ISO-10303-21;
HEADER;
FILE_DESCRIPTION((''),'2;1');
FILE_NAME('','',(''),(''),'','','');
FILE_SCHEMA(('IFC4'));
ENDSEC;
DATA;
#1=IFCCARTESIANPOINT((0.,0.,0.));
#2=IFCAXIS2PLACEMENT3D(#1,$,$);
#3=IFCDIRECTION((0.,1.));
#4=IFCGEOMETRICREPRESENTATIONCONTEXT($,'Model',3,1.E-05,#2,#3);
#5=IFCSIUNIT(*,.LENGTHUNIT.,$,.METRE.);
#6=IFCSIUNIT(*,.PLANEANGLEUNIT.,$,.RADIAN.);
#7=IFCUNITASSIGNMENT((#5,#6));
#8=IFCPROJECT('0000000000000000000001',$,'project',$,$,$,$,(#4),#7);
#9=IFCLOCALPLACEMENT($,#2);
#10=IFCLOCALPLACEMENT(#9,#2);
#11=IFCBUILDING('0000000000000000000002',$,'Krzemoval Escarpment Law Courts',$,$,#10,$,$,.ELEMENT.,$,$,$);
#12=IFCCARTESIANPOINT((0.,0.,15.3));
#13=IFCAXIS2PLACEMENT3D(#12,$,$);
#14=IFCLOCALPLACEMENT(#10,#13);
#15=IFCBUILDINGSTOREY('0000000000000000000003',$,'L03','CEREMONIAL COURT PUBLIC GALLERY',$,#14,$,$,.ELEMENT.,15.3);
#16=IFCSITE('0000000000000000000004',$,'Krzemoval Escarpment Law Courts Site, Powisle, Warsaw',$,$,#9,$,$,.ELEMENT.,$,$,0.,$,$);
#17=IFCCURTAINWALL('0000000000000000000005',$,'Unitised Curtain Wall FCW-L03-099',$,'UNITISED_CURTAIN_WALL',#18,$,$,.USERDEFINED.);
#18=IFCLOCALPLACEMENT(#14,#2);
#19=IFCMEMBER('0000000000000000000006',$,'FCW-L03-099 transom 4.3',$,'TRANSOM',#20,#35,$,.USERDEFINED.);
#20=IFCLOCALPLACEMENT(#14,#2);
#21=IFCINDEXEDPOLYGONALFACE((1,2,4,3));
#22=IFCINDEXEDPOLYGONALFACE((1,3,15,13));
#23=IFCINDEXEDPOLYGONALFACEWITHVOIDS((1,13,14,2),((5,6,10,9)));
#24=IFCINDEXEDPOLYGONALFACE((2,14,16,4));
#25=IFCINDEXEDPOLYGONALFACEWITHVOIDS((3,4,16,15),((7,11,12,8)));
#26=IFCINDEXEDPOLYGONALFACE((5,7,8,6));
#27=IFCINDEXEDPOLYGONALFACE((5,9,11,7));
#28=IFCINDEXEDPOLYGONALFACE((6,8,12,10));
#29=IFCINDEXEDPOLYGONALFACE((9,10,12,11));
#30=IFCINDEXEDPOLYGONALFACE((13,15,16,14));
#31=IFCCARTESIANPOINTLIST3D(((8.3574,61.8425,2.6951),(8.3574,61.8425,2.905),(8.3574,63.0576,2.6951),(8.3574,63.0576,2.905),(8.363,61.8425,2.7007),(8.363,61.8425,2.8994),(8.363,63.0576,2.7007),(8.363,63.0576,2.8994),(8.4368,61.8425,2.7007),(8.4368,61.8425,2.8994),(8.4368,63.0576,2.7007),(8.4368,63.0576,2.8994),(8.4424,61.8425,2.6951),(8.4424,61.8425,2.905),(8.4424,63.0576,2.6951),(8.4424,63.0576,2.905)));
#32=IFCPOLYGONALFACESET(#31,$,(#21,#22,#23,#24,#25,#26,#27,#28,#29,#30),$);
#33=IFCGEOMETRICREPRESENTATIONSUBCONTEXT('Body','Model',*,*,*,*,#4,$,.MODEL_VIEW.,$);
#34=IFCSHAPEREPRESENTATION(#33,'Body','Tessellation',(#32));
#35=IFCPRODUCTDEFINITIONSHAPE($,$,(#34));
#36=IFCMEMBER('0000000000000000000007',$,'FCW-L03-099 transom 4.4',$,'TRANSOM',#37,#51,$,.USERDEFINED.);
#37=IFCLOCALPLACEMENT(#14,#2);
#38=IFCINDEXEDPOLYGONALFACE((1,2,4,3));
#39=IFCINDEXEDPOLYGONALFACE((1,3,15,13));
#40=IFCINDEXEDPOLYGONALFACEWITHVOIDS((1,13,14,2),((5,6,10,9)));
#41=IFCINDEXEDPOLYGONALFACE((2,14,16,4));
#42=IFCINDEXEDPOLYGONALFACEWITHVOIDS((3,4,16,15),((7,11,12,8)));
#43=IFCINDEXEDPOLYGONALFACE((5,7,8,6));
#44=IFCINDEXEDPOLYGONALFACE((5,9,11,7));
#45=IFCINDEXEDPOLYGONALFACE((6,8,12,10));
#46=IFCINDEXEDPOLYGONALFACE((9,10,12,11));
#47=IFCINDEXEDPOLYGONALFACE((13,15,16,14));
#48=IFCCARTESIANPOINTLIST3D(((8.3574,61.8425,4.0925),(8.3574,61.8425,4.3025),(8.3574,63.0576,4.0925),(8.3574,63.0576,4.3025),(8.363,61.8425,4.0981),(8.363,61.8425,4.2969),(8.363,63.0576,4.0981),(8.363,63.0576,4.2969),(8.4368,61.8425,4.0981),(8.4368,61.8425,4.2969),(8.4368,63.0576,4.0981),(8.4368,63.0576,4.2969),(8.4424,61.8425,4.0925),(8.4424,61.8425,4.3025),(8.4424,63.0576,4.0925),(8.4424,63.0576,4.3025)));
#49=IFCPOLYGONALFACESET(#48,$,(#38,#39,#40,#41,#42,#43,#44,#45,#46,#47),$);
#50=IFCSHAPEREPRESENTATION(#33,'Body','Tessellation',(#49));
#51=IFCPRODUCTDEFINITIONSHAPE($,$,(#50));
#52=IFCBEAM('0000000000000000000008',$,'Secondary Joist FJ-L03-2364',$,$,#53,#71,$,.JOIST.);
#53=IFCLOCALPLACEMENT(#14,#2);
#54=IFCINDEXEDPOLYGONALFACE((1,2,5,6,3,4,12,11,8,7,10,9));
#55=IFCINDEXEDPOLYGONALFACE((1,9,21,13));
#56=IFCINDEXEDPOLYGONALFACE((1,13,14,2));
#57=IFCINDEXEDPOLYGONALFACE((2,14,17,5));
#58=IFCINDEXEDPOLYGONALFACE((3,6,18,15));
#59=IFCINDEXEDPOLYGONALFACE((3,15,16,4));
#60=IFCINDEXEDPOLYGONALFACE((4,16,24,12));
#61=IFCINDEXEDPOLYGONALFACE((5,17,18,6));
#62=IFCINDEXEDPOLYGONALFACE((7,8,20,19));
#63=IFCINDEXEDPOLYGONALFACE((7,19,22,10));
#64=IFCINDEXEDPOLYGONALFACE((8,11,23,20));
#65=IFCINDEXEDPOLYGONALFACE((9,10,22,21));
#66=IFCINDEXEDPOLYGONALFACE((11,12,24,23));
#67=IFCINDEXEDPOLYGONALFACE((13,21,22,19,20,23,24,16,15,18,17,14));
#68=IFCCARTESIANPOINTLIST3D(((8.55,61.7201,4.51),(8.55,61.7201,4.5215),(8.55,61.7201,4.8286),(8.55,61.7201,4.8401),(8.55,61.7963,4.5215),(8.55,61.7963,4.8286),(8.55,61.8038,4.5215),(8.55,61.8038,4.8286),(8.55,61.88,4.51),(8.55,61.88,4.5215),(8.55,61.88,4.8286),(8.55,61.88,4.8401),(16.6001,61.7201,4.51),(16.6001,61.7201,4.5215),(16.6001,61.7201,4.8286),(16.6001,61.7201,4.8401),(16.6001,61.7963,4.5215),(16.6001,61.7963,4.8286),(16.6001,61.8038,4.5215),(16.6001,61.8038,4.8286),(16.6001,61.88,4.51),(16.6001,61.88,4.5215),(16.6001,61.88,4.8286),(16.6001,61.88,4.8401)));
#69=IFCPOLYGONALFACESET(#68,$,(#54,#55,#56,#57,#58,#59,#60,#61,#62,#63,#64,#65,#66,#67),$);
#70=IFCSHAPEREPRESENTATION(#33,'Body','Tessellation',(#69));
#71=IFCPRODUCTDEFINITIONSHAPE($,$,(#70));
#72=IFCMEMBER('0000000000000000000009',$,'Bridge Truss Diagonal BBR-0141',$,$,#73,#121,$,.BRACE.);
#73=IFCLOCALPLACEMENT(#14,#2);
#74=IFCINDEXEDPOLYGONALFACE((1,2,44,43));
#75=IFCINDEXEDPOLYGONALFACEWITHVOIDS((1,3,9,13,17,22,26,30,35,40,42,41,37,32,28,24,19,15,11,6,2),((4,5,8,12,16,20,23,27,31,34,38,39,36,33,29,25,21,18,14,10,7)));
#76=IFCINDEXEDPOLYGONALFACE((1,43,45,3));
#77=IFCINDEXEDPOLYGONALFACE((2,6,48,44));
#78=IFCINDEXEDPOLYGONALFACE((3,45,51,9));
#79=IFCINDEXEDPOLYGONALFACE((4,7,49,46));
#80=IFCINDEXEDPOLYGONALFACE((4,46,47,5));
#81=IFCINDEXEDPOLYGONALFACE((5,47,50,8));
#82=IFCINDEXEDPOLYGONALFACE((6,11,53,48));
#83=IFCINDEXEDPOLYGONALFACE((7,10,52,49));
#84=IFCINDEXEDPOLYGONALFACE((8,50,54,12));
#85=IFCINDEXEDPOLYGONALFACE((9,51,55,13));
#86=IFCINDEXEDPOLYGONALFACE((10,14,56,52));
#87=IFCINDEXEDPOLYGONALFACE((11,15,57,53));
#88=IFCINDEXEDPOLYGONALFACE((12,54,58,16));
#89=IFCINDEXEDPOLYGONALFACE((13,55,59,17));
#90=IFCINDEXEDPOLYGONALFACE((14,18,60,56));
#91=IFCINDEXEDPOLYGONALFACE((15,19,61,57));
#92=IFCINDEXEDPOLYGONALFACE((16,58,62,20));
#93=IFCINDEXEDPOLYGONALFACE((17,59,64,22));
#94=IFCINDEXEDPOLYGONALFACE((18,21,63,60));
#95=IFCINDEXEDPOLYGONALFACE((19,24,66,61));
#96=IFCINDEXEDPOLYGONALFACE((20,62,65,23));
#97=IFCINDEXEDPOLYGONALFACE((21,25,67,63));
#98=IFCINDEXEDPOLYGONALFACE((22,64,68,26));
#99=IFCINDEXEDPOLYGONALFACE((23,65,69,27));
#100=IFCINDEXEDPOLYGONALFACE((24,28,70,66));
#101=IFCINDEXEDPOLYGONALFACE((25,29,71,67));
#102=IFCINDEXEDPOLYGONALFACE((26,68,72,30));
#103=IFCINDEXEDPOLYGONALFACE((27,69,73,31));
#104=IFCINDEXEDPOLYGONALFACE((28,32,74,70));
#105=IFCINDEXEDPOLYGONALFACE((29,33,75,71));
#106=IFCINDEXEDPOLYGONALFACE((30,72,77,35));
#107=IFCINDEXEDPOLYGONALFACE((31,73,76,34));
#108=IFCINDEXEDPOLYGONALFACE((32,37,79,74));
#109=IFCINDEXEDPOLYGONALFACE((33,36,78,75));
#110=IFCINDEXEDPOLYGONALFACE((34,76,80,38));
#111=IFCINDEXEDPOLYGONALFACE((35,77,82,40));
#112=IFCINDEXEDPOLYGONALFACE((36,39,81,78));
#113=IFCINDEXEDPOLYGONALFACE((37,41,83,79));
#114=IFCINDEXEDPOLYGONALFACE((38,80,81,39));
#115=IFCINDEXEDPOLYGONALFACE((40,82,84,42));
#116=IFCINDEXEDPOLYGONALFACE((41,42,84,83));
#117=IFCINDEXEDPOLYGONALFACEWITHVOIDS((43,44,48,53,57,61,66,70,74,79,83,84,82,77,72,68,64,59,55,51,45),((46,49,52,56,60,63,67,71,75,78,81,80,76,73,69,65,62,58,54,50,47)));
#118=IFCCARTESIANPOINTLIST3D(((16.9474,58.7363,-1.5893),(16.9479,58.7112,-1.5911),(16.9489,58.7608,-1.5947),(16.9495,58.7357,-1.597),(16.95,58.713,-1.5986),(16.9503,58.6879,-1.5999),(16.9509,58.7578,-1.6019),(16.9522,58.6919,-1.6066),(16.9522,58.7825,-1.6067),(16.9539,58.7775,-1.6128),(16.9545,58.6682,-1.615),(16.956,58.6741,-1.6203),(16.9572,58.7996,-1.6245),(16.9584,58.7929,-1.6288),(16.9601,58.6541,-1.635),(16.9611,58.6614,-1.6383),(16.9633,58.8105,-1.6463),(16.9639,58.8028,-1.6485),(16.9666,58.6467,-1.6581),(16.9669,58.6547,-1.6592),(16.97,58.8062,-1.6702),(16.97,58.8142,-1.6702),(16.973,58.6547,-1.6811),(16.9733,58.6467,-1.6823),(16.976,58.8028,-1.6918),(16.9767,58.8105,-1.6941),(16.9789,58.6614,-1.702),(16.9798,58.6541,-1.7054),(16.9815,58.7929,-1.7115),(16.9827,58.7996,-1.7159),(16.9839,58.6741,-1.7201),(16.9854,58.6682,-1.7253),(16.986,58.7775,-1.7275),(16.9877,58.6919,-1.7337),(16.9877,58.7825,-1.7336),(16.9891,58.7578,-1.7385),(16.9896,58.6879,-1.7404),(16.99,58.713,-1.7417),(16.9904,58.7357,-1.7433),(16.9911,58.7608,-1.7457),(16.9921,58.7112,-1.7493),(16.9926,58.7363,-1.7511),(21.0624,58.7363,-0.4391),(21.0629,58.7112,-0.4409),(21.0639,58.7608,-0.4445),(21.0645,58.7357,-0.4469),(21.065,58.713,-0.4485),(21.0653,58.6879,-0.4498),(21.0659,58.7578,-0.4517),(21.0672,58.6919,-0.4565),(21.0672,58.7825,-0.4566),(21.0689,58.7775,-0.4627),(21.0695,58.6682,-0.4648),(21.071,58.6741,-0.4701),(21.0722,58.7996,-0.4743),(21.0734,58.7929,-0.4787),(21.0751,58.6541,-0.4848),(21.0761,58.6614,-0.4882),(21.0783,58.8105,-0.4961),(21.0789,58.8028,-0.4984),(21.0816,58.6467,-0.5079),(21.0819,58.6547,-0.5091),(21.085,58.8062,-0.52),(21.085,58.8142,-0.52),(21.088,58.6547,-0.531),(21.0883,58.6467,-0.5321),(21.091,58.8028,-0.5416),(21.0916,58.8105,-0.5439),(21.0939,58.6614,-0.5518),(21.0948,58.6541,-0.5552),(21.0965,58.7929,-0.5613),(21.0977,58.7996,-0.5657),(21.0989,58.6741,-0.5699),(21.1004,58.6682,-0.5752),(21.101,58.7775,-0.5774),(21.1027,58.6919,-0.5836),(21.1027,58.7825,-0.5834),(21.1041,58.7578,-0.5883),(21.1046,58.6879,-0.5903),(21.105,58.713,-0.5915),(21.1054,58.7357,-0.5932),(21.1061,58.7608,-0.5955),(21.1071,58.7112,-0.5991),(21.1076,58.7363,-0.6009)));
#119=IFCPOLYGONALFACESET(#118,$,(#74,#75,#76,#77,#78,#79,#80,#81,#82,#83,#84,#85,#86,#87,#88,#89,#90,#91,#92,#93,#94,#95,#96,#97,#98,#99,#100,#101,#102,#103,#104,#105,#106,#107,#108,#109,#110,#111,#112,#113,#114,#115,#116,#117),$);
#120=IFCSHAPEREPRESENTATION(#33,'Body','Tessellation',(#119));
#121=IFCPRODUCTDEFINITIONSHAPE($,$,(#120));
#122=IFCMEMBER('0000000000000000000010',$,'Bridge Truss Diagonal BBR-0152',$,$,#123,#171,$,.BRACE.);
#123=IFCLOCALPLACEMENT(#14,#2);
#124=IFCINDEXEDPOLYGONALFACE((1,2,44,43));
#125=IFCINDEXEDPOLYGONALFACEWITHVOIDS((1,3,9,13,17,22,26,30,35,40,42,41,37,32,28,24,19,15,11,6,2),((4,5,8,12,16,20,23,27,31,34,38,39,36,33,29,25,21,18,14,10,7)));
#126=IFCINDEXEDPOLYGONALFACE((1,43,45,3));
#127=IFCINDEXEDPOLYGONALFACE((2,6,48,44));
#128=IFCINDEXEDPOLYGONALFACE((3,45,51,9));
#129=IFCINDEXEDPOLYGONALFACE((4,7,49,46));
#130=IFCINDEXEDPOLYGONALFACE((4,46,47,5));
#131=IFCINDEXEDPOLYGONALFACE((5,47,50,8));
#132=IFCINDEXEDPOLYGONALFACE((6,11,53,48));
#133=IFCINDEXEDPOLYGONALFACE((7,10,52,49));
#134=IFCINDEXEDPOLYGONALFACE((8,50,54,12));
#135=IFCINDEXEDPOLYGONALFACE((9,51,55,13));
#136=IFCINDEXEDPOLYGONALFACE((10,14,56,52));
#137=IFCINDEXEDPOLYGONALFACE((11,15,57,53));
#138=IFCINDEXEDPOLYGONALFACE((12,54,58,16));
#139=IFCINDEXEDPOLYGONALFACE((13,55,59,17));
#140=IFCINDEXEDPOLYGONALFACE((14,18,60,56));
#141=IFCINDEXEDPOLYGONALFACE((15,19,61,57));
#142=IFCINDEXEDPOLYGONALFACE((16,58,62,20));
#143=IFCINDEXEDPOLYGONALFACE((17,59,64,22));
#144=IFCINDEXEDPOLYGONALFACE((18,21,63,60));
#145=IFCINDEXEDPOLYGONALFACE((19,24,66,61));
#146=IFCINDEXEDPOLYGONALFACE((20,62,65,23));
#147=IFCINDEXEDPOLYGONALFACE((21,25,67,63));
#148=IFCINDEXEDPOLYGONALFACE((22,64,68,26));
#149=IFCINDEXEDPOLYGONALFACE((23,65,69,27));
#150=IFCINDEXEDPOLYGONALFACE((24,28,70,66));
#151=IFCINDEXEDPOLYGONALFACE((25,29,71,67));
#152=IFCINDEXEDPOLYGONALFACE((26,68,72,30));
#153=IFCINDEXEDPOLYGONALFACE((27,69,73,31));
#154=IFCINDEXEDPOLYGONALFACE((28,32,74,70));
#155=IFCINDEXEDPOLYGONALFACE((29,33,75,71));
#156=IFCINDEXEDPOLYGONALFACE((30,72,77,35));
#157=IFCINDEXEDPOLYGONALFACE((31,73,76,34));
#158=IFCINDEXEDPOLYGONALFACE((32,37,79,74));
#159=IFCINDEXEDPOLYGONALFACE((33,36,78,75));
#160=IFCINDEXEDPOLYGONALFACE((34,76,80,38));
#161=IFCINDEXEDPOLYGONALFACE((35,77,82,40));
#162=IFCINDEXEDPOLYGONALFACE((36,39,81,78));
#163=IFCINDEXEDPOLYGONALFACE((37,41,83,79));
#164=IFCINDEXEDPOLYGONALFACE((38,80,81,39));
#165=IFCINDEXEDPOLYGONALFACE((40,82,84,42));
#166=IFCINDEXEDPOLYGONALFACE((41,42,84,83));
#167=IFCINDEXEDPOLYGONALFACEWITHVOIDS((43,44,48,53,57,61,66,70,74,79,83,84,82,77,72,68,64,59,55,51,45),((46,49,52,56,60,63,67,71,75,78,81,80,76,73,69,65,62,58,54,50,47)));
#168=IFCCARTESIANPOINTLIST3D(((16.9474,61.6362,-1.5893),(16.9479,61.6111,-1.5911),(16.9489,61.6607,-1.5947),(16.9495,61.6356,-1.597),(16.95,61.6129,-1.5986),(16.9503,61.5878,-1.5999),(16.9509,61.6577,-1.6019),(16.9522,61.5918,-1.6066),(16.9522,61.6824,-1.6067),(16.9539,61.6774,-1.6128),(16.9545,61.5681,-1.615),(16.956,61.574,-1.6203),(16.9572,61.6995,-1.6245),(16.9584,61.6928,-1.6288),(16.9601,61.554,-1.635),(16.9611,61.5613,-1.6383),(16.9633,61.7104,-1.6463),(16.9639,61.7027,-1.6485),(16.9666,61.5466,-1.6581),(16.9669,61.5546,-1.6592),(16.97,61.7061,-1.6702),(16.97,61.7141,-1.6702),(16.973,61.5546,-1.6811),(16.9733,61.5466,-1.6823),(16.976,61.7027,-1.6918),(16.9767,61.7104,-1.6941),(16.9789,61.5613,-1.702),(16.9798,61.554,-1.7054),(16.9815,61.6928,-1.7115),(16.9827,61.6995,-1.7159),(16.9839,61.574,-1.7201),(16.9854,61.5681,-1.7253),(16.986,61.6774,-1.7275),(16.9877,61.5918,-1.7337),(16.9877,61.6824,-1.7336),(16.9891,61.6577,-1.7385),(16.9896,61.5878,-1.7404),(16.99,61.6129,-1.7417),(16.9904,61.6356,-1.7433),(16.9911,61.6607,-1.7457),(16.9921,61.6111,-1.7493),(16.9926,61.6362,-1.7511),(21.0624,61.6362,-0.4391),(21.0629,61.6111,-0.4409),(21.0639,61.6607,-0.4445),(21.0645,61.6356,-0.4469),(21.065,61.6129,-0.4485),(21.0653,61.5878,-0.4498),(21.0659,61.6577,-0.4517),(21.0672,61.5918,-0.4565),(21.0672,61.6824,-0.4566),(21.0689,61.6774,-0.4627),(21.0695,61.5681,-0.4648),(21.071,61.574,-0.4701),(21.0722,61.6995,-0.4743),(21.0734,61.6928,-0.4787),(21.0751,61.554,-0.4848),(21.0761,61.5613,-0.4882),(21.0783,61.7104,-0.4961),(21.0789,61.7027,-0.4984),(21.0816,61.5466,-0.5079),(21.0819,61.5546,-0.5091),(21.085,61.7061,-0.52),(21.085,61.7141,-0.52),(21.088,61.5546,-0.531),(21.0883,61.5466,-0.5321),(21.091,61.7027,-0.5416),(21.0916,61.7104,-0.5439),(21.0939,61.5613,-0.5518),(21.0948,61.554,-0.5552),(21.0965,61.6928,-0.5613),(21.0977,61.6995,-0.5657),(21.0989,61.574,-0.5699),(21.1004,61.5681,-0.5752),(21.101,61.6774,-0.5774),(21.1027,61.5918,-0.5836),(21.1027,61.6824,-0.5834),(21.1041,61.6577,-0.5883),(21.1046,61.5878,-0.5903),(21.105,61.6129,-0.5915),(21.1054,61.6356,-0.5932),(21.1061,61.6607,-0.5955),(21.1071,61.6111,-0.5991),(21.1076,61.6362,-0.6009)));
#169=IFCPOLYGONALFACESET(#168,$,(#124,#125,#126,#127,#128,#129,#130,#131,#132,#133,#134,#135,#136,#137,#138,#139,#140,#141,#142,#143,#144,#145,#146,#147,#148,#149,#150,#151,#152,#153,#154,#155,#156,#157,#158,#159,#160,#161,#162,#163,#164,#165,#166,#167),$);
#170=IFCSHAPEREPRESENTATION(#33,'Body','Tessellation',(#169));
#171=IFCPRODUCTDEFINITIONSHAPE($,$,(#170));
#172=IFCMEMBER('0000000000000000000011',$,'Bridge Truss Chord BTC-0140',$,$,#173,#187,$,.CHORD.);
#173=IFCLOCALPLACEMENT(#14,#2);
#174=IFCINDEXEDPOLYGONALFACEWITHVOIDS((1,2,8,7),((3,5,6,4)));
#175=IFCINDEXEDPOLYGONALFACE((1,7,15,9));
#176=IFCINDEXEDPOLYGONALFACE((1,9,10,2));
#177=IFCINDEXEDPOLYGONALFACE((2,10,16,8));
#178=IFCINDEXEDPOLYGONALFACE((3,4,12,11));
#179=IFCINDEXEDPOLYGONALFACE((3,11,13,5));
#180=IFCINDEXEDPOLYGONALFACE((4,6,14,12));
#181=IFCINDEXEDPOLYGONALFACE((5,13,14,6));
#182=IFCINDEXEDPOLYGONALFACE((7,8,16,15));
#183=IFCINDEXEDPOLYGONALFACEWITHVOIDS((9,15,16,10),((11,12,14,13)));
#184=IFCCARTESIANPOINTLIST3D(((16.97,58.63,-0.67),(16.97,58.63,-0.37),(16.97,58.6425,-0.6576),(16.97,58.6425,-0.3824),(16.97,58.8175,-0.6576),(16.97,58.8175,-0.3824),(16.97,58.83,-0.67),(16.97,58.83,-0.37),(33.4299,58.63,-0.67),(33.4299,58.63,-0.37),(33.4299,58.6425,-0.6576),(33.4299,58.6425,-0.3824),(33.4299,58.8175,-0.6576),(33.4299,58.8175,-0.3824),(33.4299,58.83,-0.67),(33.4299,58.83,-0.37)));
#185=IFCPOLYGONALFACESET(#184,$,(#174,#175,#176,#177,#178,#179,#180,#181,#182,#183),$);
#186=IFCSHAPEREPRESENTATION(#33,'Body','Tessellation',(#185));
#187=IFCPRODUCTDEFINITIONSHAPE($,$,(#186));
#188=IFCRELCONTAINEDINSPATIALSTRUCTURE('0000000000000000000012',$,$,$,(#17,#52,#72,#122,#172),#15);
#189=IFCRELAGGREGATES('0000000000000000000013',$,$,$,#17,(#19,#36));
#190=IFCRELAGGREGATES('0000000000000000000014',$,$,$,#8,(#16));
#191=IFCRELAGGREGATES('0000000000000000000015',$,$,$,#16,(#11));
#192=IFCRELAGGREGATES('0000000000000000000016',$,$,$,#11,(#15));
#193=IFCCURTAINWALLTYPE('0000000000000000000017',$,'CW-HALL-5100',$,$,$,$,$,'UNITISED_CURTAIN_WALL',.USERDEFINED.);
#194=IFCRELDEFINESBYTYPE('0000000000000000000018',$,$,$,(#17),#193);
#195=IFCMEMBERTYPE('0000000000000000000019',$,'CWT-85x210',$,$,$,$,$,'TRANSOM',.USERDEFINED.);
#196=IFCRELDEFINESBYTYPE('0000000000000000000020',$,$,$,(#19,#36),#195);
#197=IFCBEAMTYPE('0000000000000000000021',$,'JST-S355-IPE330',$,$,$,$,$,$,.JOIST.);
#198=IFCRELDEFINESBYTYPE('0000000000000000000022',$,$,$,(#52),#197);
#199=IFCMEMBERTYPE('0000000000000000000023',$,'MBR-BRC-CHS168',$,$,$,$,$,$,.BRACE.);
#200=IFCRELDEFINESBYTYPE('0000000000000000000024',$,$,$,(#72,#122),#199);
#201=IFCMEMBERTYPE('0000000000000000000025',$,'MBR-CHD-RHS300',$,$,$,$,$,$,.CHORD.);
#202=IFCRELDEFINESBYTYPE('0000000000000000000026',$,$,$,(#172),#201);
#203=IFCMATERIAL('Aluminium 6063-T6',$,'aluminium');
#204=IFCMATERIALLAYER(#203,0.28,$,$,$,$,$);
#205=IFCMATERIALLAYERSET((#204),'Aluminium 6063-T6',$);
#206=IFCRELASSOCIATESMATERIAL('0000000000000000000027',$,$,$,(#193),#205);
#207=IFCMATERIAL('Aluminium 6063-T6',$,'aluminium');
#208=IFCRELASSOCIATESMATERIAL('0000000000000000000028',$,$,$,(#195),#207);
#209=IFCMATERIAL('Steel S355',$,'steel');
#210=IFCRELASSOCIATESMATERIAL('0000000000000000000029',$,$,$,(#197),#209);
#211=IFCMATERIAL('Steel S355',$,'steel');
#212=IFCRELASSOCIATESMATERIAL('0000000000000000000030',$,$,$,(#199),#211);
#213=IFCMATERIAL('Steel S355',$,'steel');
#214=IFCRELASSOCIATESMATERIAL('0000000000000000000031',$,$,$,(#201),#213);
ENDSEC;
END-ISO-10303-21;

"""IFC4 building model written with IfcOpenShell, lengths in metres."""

from ifc_helpers import new_model, si_unit, direction, frame, origin, origin_2d, place, context, subcontext, project, spatial, hollow_rectangle, hollow_circle, i_section, extrude, material, layer, layer_set, material_profile, profile_set, type_object, element, aggregate, save


model = new_model("IFC4")

# Units and contexts
model_context = context("Model", 3, precision=1e-05, world=origin(), true_north=direction((0.0, 1.0)))
body_context = subcontext(model_context, "Body", "Model", "MODEL_VIEW")
ifc_project = project(units=[si_unit("LENGTHUNIT", "METRE"), si_unit("PLANEANGLEUNIT", "RADIAN")], contexts=[model_context])

# Site, building, storey
site_placement = place(None, origin())
site = spatial("IfcSite", under=ifc_project, at=site_placement, Name="Krzemoval Escarpment Law Courts Site, Powisle, Warsaw", CompositionType="ELEMENT", RefElevation=0.0)
building_placement = place(site_placement, origin())
building = spatial("IfcBuilding", under=site, at=building_placement, Name="Krzemoval Escarpment Law Courts", CompositionType="ELEMENT")
storey_placement = place(building_placement, frame((0.0, 0.0, 15.3)))
storey = spatial("IfcBuildingStorey", under=building, at=storey_placement, Name="L03", Description="CEREMONIAL COURT PUBLIC GALLERY", CompositionType="ELEMENT", Elevation=15.3)

# Curtain wall, members
ifc_material_1 = material(Name="Aluminium 6063-T6", Category="aluminium")
ifc_layer_1 = layer(ifc_material_1, 0.28)
ifc_layer_set_1 = layer_set([ifc_layer_1], Name="Aluminium 6063-T6")
curtain_wall_type = type_object("IfcCurtainWallType", Name="CW-HALL-5100", ElementType="UNITISED_CURTAIN_WALL", PredefinedType="USERDEFINED", material=ifc_layer_set_1)
curtain_wall_placement = place(storey_placement, origin())
curtain_wall = element("IfcCurtainWall", 1, at=curtain_wall_placement, inside=storey, type_object=curtain_wall_type, Name="Unitised Curtain Wall FCW-L03-099", ObjectType="UNITISED_CURTAIN_WALL", PredefinedType="USERDEFINED")
ifc_material_2 = material(Name="Aluminium 6063-T6", Category="aluminium")
ifc_material_profile_1 = material_profile(ifc_material_2, hollow_rectangle(XDim=0.085, YDim=0.21, WallThickness=0.0056, at=origin_2d()), Name="ALU T85x210")
ifc_profile_set_1 = profile_set([ifc_material_profile_1], Name="Aluminium 6063-T6")
member_type_1 = type_object("IfcMemberType", Name="CWT-85x210", ElementType="TRANSOM", PredefinedType="USERDEFINED", material=ifc_profile_set_1)
member_1_placement = place(storey_placement, frame((8.3999, 61.8425, 2.8), z_axis=(0.0, 1.0, 0.0), x_axis=(-1.0, 0.0, 0.0)))
member_1 = element("IfcMember", 2, at=member_1_placement, type_object=member_type_1, Name="FCW-L03-099 transom 4.3", ObjectType="TRANSOM", PredefinedType="USERDEFINED", context=body_context, shape_type="SweptSolid", body=[
    extrude(hollow_rectangle(XDim=0.085, YDim=0.21, WallThickness=0.0056, at=origin_2d()), origin(), (0.0, 0.0, 1.0), 1.2151),
])
member_2_placement = place(storey_placement, frame((8.3999, 61.8425, 4.1975), z_axis=(0.0, 1.0, 0.0), x_axis=(-1.0, 0.0, 0.0)))
member_2 = element("IfcMember", 3, at=member_2_placement, type_object=member_type_1, Name="FCW-L03-099 transom 4.4", ObjectType="TRANSOM", PredefinedType="USERDEFINED", context=body_context, shape_type="SweptSolid", body=[
    extrude(hollow_rectangle(XDim=0.085, YDim=0.21, WallThickness=0.0056, at=origin_2d()), origin(), (0.0, 0.0, 1.0), 1.2151),
])

# Beam
ifc_material_3 = material(Name="Steel S355", Category="steel")
ifc_material_profile_2 = material_profile(ifc_material_3, i_section(OverallWidth=0.1599, OverallDepth=0.3301, WebThickness=0.0076, FlangeThickness=0.0115, at=origin_2d()), Name="IPE 330")
ifc_profile_set_2 = profile_set([ifc_material_profile_2], Name="Steel S355")
beam_type_1 = type_object("IfcBeamType", Name="JST-S355-IPE330", PredefinedType="JOIST", material=ifc_profile_set_2)
beam_1_placement = place(storey_placement, frame((8.55, 61.8, 4.675), z_axis=(1.0, 0.0, 0.0), x_axis=(0.0, 1.0, 0.0)))
element("IfcBeam", 4, at=beam_1_placement, inside=storey, type_object=beam_type_1, Name="Secondary Joist FJ-L03-2364", PredefinedType="JOIST", context=body_context, shape_type="SweptSolid", body=[
    extrude(i_section(OverallWidth=0.1599, OverallDepth=0.3301, WebThickness=0.0076, FlangeThickness=0.0115, at=origin_2d()), origin(), (0.0, 0.0, 1.0), 8.05),
])

# Members
ifc_material_4 = material(Name="Steel S355", Category="steel")
ifc_material_profile_3 = material_profile(ifc_material_4, hollow_circle(Radius=0.0842, WallThickness=0.0081, at=origin_2d()), Name="CHS 168.3x8")
ifc_profile_set_3 = profile_set([ifc_material_profile_3], Name="Steel S355")
member_type_2 = type_object("IfcMemberType", Name="MBR-BRC-CHS168", PredefinedType="BRACE", material=ifc_profile_set_3)
for number, where, z_axis, x_axis, name in (
    (5, (16.97, 58.73, -1.6702), (0.963089, 0.0, 0.269185), (0.0, 1.0, 0.0), "Bridge Truss Diagonal BBR-0141"),
    (6, (16.97, 61.6299, -1.6702), (0.963089, 0.0, 0.269185), (0.0, 1.0, 0.0), "Bridge Truss Diagonal BBR-0152"),
):
    element("IfcMember", number, at=place(storey_placement, frame(where, z_axis=z_axis, x_axis=x_axis)), inside=storey, type_object=member_type_2, Name=name, PredefinedType="BRACE", context=body_context, shape_type="SweptSolid", body=[
        extrude(hollow_circle(Radius=0.0842, WallThickness=0.0081, at=origin_2d()), origin(), (0.0, 0.0, 1.0), 4.2727),
    ])
ifc_material_5 = material(Name="Steel S355", Category="steel")
ifc_material_profile_4 = material_profile(ifc_material_5, hollow_rectangle(XDim=0.2, YDim=0.3, WallThickness=0.0125, at=origin_2d()), Name="RHS 300x200x12.5")
ifc_profile_set_4 = profile_set([ifc_material_profile_4], Name="Steel S355")
member_type_3 = type_object("IfcMemberType", Name="MBR-CHD-RHS300", PredefinedType="CHORD", material=ifc_profile_set_4)
for number, where, z_axis, x_axis, name in (
    (7, (16.97, 58.73, -0.52), (1.0, 0.0, 0.0), (0.0, 1.0, 0.0), "Bridge Truss Chord BTC-0140"),
):
    element("IfcMember", number, at=place(storey_placement, frame(where, z_axis=z_axis, x_axis=x_axis)), inside=storey, type_object=member_type_3, Name=name, PredefinedType="CHORD", context=body_context, shape_type="SweptSolid", body=[
        extrude(hollow_rectangle(XDim=0.2, YDim=0.3, WallThickness=0.0125, at=origin_2d()), origin(), (0.0, 0.0, 1.0), 16.46),
    ])

aggregate(curtain_wall, [member_1, member_2])

save(model, "model.ifc")
